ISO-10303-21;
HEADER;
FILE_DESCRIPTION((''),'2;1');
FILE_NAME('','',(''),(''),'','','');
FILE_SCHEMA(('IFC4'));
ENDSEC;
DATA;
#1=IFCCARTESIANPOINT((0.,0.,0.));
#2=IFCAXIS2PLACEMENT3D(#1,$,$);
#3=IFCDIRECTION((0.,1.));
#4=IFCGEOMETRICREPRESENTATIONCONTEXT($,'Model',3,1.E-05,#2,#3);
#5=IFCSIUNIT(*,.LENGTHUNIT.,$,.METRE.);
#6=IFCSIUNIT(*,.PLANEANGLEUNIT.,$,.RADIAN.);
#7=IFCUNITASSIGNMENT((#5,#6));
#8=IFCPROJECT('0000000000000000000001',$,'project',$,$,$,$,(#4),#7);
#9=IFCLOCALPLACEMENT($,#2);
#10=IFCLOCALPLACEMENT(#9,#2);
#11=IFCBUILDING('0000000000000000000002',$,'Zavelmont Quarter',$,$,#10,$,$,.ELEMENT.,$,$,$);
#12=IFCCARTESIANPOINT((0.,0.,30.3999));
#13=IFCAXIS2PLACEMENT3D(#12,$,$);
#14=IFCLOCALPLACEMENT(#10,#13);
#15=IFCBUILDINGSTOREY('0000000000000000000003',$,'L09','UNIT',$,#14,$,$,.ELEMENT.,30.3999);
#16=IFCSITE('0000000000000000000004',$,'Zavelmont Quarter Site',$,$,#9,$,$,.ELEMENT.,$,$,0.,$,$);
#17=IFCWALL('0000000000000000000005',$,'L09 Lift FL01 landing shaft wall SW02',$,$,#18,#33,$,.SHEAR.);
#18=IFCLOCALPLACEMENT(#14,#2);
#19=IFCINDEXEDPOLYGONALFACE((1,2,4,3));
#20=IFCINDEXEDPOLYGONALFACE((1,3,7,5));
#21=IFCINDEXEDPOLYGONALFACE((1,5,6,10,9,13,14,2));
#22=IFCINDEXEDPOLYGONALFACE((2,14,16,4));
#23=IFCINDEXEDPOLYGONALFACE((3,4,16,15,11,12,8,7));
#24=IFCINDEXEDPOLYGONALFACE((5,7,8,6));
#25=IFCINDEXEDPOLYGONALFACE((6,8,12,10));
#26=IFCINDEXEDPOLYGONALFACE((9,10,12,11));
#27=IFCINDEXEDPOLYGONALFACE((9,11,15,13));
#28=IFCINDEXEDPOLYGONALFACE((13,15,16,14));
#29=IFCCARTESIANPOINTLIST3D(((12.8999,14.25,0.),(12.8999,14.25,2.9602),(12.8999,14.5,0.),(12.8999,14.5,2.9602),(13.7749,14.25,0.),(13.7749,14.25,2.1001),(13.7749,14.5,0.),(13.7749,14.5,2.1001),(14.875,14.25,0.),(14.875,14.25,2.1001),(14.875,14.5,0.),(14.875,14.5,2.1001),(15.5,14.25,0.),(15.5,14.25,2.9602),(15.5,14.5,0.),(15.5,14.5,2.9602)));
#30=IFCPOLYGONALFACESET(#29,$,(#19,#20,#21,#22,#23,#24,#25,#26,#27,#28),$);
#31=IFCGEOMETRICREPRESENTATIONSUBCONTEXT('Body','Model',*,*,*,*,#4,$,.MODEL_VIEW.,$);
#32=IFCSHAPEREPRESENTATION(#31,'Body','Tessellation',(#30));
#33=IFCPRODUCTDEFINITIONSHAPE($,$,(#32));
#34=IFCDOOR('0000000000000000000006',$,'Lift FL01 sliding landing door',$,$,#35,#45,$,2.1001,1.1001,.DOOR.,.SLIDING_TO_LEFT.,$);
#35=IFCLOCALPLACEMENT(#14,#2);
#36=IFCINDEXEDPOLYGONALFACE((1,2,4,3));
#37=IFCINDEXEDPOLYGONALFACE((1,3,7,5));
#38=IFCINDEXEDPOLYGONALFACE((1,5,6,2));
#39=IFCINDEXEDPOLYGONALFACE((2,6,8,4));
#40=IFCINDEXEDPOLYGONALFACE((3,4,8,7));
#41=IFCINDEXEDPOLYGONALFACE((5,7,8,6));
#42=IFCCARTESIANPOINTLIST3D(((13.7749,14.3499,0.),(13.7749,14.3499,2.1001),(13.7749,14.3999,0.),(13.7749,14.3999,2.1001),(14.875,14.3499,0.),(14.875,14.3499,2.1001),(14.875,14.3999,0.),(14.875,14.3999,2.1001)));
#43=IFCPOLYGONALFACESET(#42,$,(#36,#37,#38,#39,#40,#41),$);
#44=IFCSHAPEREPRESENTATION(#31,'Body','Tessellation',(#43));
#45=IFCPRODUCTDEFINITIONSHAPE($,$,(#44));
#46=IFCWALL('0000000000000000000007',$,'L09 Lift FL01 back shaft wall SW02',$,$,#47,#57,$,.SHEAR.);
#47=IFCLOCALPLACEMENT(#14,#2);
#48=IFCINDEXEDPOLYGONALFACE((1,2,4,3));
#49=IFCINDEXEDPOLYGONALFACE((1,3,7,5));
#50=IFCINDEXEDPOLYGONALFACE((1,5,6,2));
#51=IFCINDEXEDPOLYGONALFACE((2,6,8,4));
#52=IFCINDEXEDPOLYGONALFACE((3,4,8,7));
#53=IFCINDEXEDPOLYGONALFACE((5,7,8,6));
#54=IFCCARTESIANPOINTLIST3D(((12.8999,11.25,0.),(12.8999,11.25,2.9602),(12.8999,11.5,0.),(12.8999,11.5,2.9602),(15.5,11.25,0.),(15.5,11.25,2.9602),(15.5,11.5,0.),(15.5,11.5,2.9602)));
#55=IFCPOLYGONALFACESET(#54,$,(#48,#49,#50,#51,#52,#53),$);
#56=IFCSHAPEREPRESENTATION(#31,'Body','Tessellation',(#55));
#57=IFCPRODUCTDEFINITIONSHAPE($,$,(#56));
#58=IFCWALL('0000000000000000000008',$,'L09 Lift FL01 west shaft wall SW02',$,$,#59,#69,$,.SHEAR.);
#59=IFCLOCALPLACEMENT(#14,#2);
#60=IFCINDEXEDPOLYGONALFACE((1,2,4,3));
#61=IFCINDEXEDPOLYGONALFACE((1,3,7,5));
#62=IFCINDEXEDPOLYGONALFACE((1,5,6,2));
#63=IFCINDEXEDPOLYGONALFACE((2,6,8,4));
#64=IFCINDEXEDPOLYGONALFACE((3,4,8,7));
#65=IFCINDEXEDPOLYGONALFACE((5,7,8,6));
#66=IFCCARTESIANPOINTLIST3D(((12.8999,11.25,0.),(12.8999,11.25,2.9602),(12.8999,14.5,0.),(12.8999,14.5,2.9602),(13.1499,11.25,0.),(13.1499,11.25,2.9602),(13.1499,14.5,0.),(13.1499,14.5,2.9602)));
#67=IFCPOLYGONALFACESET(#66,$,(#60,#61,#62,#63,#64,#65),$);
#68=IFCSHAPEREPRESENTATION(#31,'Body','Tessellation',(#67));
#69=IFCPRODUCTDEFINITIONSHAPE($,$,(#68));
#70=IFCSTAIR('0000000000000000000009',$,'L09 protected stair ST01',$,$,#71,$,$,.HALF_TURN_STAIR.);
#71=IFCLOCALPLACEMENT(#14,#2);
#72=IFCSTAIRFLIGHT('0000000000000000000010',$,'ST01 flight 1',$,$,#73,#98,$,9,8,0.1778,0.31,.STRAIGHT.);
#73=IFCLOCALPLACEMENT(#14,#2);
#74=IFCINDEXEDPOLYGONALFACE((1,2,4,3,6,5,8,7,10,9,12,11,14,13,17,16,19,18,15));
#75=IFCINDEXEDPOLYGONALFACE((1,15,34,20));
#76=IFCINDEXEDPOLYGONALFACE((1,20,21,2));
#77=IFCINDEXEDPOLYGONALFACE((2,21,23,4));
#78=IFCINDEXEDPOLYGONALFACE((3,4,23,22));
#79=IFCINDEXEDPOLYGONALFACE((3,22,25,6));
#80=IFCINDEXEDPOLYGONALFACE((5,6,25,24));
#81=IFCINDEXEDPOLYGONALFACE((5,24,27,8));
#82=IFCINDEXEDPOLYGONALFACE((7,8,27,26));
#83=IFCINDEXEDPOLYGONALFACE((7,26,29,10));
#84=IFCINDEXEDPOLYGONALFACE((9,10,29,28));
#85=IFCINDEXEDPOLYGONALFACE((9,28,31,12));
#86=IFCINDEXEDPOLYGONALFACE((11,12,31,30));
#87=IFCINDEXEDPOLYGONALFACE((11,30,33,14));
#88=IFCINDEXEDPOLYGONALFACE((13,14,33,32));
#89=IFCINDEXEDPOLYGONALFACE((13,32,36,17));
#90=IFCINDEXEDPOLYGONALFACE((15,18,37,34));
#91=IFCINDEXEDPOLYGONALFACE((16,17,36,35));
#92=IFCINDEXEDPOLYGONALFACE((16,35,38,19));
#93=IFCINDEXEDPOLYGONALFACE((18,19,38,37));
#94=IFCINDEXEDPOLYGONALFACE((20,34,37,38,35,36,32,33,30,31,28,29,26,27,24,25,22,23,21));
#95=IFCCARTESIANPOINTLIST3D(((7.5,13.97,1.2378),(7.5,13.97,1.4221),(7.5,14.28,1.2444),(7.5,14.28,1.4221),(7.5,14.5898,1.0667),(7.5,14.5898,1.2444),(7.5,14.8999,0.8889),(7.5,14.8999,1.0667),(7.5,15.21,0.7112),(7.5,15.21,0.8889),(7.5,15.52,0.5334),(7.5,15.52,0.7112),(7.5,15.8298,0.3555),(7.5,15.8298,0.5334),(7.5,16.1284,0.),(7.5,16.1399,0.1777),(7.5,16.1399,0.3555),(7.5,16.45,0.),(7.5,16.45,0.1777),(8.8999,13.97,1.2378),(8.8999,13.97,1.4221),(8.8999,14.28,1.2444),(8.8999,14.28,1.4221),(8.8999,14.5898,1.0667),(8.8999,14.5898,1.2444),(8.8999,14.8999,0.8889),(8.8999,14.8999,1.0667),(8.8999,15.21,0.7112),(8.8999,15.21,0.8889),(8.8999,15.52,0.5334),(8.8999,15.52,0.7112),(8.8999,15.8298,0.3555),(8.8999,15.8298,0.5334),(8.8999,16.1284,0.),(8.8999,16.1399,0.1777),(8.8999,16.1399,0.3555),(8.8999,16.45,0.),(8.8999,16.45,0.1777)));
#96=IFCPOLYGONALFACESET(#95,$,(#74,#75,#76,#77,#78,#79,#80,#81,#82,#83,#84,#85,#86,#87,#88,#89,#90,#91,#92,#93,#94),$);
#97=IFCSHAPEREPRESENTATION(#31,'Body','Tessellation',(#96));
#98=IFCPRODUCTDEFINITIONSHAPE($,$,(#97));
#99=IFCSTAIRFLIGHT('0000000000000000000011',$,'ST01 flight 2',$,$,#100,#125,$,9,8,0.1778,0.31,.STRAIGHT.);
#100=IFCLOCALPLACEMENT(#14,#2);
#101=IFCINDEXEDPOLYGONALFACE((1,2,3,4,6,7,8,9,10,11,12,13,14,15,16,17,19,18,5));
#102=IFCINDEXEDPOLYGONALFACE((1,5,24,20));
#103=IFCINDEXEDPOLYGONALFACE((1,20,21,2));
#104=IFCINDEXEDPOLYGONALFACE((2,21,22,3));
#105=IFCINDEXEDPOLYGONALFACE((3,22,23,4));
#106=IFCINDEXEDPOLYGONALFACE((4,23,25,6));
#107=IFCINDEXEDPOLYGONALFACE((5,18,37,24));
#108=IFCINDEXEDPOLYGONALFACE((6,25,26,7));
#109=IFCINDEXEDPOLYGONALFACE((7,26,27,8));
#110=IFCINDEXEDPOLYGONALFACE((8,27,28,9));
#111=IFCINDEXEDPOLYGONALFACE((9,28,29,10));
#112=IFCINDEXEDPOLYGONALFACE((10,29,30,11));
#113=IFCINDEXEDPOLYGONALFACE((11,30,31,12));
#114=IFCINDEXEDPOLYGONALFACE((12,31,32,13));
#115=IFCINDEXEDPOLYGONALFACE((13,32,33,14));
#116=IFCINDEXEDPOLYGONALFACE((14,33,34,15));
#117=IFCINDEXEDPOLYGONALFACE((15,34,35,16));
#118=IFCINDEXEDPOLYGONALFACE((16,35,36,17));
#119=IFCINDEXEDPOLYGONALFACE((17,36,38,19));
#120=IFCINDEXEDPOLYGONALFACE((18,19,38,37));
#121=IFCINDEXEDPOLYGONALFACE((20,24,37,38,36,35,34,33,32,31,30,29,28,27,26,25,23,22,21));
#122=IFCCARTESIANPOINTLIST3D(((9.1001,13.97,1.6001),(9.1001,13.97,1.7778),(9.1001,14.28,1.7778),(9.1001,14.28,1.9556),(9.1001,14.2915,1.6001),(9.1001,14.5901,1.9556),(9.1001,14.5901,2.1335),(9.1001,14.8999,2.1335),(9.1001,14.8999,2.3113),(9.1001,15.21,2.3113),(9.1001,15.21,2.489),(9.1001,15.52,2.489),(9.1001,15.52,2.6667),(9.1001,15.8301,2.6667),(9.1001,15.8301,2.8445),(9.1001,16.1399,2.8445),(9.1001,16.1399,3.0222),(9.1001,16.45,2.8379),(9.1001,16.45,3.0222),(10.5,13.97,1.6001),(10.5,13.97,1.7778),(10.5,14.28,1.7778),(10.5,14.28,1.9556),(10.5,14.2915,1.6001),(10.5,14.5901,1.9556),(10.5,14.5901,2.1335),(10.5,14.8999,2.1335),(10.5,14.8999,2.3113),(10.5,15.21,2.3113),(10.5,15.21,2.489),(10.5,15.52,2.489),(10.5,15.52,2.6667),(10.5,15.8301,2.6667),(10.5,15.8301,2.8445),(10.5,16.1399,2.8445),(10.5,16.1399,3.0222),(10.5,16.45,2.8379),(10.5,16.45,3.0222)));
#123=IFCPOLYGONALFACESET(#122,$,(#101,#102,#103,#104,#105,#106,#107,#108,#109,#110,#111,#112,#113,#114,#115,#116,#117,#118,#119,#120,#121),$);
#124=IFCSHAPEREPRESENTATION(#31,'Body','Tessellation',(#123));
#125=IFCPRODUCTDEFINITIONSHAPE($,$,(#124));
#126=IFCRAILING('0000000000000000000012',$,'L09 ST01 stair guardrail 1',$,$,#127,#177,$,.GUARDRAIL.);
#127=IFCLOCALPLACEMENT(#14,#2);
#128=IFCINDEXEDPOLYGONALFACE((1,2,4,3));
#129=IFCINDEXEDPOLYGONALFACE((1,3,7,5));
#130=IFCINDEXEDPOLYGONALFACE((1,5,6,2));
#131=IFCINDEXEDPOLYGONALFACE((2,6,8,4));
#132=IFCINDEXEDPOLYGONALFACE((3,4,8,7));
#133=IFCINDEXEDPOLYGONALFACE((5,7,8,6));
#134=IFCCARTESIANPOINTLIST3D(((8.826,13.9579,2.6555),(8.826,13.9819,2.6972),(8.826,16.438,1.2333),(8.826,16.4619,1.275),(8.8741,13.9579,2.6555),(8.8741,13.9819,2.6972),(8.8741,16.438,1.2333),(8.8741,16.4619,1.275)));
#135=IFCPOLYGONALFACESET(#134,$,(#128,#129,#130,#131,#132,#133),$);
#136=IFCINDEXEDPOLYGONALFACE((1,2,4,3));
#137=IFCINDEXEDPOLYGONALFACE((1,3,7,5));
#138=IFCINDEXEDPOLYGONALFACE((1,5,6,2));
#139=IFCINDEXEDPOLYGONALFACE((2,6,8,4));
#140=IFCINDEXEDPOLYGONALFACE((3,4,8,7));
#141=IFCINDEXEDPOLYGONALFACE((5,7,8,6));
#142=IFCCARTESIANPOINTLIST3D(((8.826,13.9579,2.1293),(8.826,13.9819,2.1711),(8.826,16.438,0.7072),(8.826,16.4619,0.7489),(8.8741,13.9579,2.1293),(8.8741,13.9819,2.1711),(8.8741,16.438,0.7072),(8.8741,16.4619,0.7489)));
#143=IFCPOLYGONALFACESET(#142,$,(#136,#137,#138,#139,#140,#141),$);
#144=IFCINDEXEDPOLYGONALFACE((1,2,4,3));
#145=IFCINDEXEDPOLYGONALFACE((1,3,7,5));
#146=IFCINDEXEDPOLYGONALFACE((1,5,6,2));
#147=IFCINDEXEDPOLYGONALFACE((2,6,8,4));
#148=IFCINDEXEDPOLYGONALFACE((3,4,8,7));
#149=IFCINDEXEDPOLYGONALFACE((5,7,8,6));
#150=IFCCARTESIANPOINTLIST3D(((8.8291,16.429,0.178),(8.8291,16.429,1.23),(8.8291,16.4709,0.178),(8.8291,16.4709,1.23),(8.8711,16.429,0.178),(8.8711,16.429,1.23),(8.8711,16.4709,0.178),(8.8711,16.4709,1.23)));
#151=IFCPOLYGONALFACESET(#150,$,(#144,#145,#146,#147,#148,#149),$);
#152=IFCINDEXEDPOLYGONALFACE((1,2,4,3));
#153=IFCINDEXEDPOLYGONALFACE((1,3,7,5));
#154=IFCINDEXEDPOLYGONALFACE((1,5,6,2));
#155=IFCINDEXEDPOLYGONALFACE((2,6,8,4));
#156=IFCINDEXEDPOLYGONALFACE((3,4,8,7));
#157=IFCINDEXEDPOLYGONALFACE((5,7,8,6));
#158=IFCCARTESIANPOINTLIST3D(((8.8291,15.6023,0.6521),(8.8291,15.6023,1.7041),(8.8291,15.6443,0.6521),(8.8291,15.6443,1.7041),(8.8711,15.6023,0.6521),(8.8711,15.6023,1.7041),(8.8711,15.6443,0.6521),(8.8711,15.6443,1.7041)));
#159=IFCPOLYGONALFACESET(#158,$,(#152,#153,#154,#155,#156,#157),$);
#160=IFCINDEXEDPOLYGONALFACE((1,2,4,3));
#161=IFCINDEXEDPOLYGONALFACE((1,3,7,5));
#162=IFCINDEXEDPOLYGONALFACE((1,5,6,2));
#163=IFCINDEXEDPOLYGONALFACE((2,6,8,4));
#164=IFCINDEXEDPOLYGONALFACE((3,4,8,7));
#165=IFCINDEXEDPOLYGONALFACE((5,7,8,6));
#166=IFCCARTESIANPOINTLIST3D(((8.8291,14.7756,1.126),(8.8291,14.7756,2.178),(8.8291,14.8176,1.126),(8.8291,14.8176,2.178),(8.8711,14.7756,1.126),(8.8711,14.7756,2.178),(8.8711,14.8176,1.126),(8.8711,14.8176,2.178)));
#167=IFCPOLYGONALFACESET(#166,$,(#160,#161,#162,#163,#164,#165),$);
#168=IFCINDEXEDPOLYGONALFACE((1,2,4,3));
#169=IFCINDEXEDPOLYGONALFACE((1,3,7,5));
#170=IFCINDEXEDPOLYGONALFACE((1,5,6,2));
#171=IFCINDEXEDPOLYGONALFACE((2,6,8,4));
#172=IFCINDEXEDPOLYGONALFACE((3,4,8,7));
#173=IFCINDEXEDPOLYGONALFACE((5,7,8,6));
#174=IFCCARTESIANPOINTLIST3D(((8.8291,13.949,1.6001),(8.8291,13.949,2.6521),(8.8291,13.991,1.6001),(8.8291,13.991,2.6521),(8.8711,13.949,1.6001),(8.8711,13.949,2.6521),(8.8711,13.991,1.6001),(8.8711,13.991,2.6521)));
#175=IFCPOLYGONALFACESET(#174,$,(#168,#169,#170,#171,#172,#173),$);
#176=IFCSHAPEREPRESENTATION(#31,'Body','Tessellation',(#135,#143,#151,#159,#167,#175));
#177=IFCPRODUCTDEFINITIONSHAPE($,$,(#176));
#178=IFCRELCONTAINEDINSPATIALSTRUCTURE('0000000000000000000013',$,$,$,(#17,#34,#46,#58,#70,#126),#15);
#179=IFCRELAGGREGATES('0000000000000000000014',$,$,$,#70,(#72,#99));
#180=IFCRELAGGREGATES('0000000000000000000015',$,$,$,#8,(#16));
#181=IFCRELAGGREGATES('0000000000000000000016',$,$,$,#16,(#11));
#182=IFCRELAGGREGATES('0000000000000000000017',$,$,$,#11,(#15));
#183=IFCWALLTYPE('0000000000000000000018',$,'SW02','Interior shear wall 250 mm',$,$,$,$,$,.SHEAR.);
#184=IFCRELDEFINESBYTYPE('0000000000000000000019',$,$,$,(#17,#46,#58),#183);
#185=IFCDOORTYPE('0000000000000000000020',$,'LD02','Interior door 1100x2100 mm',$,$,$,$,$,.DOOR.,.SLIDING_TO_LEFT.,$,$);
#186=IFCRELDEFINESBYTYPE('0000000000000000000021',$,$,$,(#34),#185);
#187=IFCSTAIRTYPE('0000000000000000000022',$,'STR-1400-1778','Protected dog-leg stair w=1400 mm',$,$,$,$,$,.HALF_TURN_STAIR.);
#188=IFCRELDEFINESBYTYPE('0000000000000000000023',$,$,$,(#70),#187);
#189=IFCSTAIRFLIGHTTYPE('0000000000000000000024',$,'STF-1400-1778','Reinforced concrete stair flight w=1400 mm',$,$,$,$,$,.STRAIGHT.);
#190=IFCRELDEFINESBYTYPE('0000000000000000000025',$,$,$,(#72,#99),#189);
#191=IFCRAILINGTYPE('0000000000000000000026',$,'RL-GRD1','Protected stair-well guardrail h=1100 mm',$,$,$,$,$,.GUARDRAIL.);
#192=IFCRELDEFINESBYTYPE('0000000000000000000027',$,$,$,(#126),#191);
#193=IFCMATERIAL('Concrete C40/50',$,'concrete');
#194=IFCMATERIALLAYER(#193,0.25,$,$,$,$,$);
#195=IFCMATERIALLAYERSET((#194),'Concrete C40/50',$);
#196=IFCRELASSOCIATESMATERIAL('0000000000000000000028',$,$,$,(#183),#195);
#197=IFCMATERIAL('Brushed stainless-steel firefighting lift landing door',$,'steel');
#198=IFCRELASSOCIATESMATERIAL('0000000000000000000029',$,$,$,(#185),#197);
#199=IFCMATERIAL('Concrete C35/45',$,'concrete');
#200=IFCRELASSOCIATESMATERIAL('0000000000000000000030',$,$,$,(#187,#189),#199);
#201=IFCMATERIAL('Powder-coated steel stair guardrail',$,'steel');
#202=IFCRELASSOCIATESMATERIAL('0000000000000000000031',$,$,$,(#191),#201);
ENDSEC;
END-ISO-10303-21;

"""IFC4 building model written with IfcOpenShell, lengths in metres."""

from ifc_helpers import new_model, si_unit, direction, frame, frame_2d, origin, origin_with_axes, origin_2d, place, context, subcontext, project, spatial, polyline, rectangle, outline, extrude, material, layer, layer_set, type_object, element, fill, aggregate, save


model = new_model("IFC4")

# Units and contexts
model_context = context("Model", 3, precision=1e-05, world=origin(), true_north=direction((0.0, 1.0)))
body_context = subcontext(model_context, "Body", "Model", "MODEL_VIEW")
ifc_project = project(units=[si_unit("LENGTHUNIT", "METRE"), si_unit("PLANEANGLEUNIT", "RADIAN")], contexts=[model_context])

# Site, building, storey
site_placement = place(None, origin())
site = spatial("IfcSite", under=ifc_project, at=site_placement, Name="Zavelmont Quarter Site", CompositionType="ELEMENT", RefElevation=0.0)
building_placement = place(site_placement, origin())
building = spatial("IfcBuilding", under=site, at=building_placement, Name="Zavelmont Quarter", CompositionType="ELEMENT")
storey_placement = place(building_placement, frame((0.0, 0.0, 30.3999)))
storey = spatial("IfcBuildingStorey", under=building, at=storey_placement, Name="L09", Description="UNIT", CompositionType="ELEMENT", Elevation=30.3999)

# Shared definitions
ifc_material_1 = material(Name="Concrete C35/45", Category="concrete")

# Shared definitions
ifc_material_2 = material(Name="Concrete C40/50", Category="concrete")

# Wall, opening, door
ifc_layer_1 = layer(ifc_material_2, 0.25)
ifc_layer_set_1 = layer_set([ifc_layer_1], Name="Concrete C40/50")
wall_type_1 = type_object("IfcWallType", Name="SW02", Description="Interior shear wall 250 mm", PredefinedType="SHEAR", material=ifc_layer_set_1)
wall_1_placement = place(storey_placement, frame((12.8999, 14.375, 0.0), z_axis=(0.0, 0.0, 1.0), x_axis=(1.0, 0.0, 0.0)))
wall_1 = element("IfcWall", 1, at=wall_1_placement, inside=storey, type_object=wall_type_1, Name="L09 Lift FL01 landing shaft wall SW02", PredefinedType="SHEAR", context=body_context, shape_type="SweptSolid", body=[
    extrude(rectangle(XDim=2.6001, YDim=0.25, at=frame_2d((1.3, 0.0))), origin(), (0.0, 0.0, 1.0), 2.9602),
])
opening_1_placement = place(wall_1_placement, frame((0.875, 0.0, 0.0)))
opening_1 = element("IfcOpeningElement", 2, at=opening_1_placement, cuts=wall_1, PredefinedType="OPENING", context=body_context, shape_type="SweptSolid", body=[
    extrude(rectangle(XDim=1.1001, YDim=2.1001, at=frame_2d((0.55, 1.05))), frame((0.0, 0.137, 0.0), z_axis=(0.0, -1.0, 0.0), x_axis=(1.0, 0.0, 0.0)), (0.0, 0.0, 1.0), 0.2739),
])
ifc_material_3 = material(Name="Brushed stainless-steel firefighting lift landing door", Category="steel")
door_type_1 = type_object("IfcDoorType", Name="LD02", Description="Interior door 1100x2100 mm", OperationType="SLIDING_TO_LEFT", PredefinedType="DOOR", material=ifc_material_3)
door_1_placement = place(opening_1_placement, origin_with_axes())
door_1 = element("IfcDoor", 3, at=door_1_placement, inside=storey, type_object=door_type_1, Name="Lift FL01 sliding landing door", OperationType="SLIDING_TO_LEFT", OverallHeight=2.1001, OverallWidth=1.1001, PredefinedType="DOOR", context=body_context, shape_type="SweptSolid", body=[
    extrude(rectangle(XDim=1.1001, YDim=2.1001, at=frame_2d((0.55, 1.05))), frame((0.0, 0.0249, 0.0), z_axis=(0.0, -1.0, 0.0), x_axis=(1.0, 0.0, 0.0)), (0.0, 0.0, 1.0), 0.05),
])
fill(opening_1, door_1)

# Walls
wall_2_placement = place(storey_placement, frame((12.8999, 11.375, 0.0), z_axis=(0.0, 0.0, 1.0), x_axis=(1.0, 0.0, 0.0)))
element("IfcWall", 4, at=wall_2_placement, inside=storey, type_object=wall_type_1, Name="L09 Lift FL01 back shaft wall SW02", PredefinedType="SHEAR", context=body_context, shape_type="SweptSolid", body=[
    extrude(rectangle(XDim=2.6001, YDim=0.25, at=frame_2d((1.3, 0.0))), origin(), (0.0, 0.0, 1.0), 2.9602),
])
wall_3_placement = place(storey_placement, frame((13.0249, 11.25, 0.0), z_axis=(0.0, 0.0, 1.0), x_axis=(0.0, 1.0, 0.0)))
element("IfcWall", 5, at=wall_3_placement, inside=storey, type_object=wall_type_1, Name="L09 Lift FL01 west shaft wall SW02", PredefinedType="SHEAR", context=body_context, shape_type="SweptSolid", body=[
    extrude(rectangle(XDim=3.25, YDim=0.25, at=frame_2d((1.625, 0.0))), origin(), (0.0, 0.0, 1.0), 2.9602),
])

# Stair, stair flights
stair_type = type_object("IfcStairType", Name="STR-1400-1778", Description="Protected dog-leg stair w=1400 mm", PredefinedType="HALF_TURN_STAIR", material=ifc_material_1)
stair_placement = place(storey_placement, origin())
stair = element("IfcStair", 6, at=stair_placement, inside=storey, type_object=stair_type, Name="L09 protected stair ST01", PredefinedType="HALF_TURN_STAIR")
stair_flight_type = type_object("IfcStairFlightType", Name="STF-1400-1778", Description="Reinforced concrete stair flight w=1400 mm", PredefinedType="STRAIGHT", material=ifc_material_1)
stair_flight_1_placement = place(storey_placement, frame((8.2, 16.45, 0.0), z_axis=(0.0, 0.0, 1.0), x_axis=(0.0, -1.0, 0.0)))
stair_flight_1 = element("IfcStairFlight", 7, at=stair_flight_1_placement, type_object=stair_flight_type, Name="ST01 flight 1", NumberOfRisers=9, NumberOfTreads=8, PredefinedType="STRAIGHT", RiserHeight=0.1778, TreadLength=0.31, context=body_context, shape_type="SweptSolid", body=[
    extrude(outline(polyline([(0.0, 0.0), (0.0, 0.1777), (0.3101, 0.1777), (0.3101, 0.3555), (0.6201, 0.3555), (0.6201, 0.5334), (0.9299, 0.5334), (0.9299, 0.7112), (1.24, 0.7112), (1.24, 0.8889), (1.55, 0.8889), (1.55, 1.0667), (1.8601, 1.0667), (1.8601, 1.2444), (2.1699, 1.2444), (2.1699, 1.4221), (2.48, 1.4221), (2.48, 1.6001), (2.48, 1.2378), (0.3215, 0.0), (0.0, 0.0)])), frame((0.0, 0.7, 0.0), z_axis=(0.0, -1.0, 0.0), x_axis=(1.0, 0.0, 0.0)), (0.0, 0.0, 1.0), 1.3999),
])
stair_flight_2_placement = place(storey_placement, frame((9.8, 13.97, 1.6001), z_axis=(0.0, 0.0, 1.0), x_axis=(0.0, 1.0, 0.0)))
stair_flight_2 = element("IfcStairFlight", 8, at=stair_flight_2_placement, type_object=stair_flight_type, Name="ST01 flight 2", NumberOfRisers=9, NumberOfTreads=8, PredefinedType="STRAIGHT", RiserHeight=0.1778, TreadLength=0.31, context=body_context, shape_type="SweptSolid", body=[
    extrude(outline(polyline([(0.0, 0.0), (0.0, 0.1777), (0.3101, 0.1777), (0.3101, 0.3555), (0.6201, 0.3555), (0.6201, 0.5334), (0.9299, 0.5334), (0.9299, 0.7112), (1.24, 0.7112), (1.24, 0.8889), (1.55, 0.8889), (1.55, 1.0667), (1.8601, 1.0667), (1.8601, 1.2444), (2.1699, 1.2444), (2.1699, 1.4221), (2.48, 1.4221), (2.48, 1.6001), (2.48, 1.2378), (0.3215, 0.0), (0.0, 0.0)])), frame((0.0, 0.7, 0.0), z_axis=(0.0, -1.0, 0.0), x_axis=(1.0, 0.0, 0.0)), (0.0, 0.0, 1.0), 1.3999),
])
aggregate(stair, [stair_flight_1, stair_flight_2])

# Railing
ifc_material_4 = material(Name="Powder-coated steel stair guardrail", Category="steel")
railing_type_1 = type_object("IfcRailingType", Name="RL-GRD1", Description="Protected stair-well guardrail h=1100 mm", PredefinedType="GUARDRAIL", material=ifc_material_4)
railing_1_placement = place(storey_placement, frame((8.8501, 16.45, 0.178)))
element("IfcRailing", 9, at=railing_1_placement, inside=storey, type_object=railing_type_1, Name="L09 ST01 stair guardrail 1", PredefinedType="GUARDRAIL", context=body_context, shape_type="SweptSolid", body=[
    extrude(rectangle(XDim=0.0481, YDim=0.0481, at=origin_2d()), frame((0.0, 0.0, 1.0762), z_axis=(0.0, -0.867491, 0.497454), x_axis=(1.0, 0.0, 0.0)), (0.0, 0.0, 1.0), 2.8589),
    extrude(rectangle(XDim=0.0481, YDim=0.0481, at=origin_2d()), frame((0.0, 0.0, 0.55), z_axis=(0.0, -0.867491, 0.497454), x_axis=(1.0, 0.0, 0.0)), (0.0, 0.0, 1.0), 2.8589),
    extrude(rectangle(XDim=0.042, YDim=0.042, at=origin_2d()), origin(), (0.0, 0.0, 1.0), 1.052),
    extrude(rectangle(XDim=0.042, YDim=0.042, at=origin_2d()), frame((0.0, -0.8267, 0.4741)), (0.0, 0.0, 1.0), 1.052),
    extrude(rectangle(XDim=0.042, YDim=0.042, at=origin_2d()), frame((0.0, -1.6533, 0.948)), (0.0, 0.0, 1.0), 1.052),
    extrude(rectangle(XDim=0.042, YDim=0.042, at=origin_2d()), frame((0.0, -2.48, 1.4221)), (0.0, 0.0, 1.0), 1.052),
])

save(model, "model.ifc")
